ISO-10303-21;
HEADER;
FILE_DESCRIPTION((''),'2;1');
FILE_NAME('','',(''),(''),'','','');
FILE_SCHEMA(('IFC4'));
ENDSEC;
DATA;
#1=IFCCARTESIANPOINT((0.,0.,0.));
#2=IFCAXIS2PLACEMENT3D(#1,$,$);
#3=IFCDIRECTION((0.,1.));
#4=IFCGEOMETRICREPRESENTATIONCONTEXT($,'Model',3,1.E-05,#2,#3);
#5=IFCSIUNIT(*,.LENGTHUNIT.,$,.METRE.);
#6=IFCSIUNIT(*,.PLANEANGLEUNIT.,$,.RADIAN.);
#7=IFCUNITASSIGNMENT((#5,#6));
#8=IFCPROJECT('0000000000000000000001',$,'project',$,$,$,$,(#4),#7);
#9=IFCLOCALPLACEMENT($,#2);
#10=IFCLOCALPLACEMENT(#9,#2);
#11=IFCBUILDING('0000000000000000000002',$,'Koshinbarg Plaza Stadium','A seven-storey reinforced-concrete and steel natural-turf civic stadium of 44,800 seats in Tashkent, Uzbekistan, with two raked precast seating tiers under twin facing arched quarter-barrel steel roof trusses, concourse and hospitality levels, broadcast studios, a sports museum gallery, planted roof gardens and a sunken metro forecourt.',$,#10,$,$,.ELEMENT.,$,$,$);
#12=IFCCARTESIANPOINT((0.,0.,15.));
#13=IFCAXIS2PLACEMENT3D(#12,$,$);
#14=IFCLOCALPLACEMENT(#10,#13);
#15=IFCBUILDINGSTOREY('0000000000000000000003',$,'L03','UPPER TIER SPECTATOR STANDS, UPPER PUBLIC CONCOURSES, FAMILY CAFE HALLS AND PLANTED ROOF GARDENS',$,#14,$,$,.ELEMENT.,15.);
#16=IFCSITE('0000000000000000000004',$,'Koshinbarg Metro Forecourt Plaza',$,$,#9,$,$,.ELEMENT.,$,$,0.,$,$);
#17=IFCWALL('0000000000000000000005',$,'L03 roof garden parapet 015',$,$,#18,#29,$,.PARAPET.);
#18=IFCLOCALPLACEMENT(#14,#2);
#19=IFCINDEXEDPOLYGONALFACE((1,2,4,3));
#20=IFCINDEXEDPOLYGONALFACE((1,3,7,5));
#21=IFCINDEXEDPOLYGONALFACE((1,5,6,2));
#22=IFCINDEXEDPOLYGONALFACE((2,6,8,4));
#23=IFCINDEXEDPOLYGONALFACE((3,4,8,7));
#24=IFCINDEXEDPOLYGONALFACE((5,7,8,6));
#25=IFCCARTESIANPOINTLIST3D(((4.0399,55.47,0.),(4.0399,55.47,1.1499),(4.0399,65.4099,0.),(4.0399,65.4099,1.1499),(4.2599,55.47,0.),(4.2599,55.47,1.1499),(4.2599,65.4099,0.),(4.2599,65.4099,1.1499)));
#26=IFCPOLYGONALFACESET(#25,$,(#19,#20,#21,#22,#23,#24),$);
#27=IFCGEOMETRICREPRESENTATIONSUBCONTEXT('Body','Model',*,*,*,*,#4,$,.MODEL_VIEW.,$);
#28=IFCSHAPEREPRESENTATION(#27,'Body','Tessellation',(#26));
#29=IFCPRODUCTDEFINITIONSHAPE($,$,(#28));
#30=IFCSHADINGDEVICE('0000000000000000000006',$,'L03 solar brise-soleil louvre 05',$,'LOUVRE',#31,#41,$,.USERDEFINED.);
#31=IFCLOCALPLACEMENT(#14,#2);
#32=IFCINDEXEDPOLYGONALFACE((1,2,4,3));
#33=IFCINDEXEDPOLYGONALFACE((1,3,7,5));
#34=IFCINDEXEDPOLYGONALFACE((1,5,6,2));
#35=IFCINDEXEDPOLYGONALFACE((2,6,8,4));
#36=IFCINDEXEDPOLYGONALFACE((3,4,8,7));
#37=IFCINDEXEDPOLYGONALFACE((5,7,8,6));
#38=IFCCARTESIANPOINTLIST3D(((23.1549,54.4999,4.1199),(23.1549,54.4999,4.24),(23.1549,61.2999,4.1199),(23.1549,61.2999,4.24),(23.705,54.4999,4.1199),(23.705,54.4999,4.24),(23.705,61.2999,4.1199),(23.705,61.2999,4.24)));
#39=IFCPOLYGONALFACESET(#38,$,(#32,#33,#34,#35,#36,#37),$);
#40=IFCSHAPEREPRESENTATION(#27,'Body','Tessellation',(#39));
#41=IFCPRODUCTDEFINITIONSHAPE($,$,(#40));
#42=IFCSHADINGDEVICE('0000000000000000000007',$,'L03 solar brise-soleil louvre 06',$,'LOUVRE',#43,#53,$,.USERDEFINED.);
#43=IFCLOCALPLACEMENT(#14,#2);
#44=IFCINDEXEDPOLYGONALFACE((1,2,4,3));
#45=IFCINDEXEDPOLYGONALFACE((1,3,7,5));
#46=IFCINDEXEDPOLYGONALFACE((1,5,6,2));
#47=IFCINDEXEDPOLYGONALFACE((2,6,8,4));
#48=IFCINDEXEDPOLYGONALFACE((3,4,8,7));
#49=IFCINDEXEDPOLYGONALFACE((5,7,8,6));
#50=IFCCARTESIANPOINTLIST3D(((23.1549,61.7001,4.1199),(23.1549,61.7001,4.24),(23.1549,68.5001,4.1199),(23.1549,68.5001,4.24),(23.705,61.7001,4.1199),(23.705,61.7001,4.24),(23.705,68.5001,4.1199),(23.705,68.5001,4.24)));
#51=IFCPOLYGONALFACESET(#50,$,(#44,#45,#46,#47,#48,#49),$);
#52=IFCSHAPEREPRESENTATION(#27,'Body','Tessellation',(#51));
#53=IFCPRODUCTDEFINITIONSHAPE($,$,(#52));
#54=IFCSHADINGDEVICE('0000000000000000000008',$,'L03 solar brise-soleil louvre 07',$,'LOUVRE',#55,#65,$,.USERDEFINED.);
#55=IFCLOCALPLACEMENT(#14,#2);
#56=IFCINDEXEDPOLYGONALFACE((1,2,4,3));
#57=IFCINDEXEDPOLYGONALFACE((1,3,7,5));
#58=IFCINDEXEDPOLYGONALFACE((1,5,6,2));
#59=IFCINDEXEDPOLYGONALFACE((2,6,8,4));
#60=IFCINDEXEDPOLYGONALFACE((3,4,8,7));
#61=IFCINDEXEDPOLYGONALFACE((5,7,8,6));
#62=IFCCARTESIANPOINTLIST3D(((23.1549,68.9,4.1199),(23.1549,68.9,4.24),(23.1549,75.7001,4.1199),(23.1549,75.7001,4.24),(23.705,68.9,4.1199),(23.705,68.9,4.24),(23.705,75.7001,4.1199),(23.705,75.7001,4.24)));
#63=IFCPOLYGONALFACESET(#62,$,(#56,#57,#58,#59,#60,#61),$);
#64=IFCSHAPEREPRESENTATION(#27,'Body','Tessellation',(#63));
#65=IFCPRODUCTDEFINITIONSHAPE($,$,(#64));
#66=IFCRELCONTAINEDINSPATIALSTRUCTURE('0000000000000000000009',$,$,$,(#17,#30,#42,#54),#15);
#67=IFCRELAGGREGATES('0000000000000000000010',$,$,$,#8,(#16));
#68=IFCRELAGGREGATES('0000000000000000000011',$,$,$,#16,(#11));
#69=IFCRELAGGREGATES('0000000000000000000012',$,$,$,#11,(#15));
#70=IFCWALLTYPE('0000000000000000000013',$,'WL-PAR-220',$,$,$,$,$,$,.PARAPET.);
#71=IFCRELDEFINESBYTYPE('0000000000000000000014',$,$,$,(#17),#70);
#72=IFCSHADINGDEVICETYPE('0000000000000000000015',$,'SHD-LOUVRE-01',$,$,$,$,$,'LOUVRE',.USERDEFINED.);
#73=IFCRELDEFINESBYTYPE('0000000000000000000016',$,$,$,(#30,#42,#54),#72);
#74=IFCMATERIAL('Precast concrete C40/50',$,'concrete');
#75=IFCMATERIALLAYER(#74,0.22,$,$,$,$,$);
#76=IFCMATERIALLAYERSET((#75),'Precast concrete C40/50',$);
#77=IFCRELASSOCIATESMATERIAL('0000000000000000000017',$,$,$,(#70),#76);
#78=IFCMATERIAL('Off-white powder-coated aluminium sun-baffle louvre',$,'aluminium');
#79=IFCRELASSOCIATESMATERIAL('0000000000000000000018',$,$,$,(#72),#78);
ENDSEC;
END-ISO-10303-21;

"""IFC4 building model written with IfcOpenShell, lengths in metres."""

from ifc_helpers import new_model, si_unit, direction, frame, frame_2d, origin, origin_2d, place, context, subcontext, project, spatial, rectangle, extrude, material, layer, layer_set, type_object, element, save


model = new_model("IFC4")

# Units and contexts
model_context = context("Model", 3, precision=1e-05, world=origin(), true_north=direction((0.0, 1.0)))
body_context = subcontext(model_context, "Body", "Model", "MODEL_VIEW")
ifc_project = project(units=[si_unit("LENGTHUNIT", "METRE"), si_unit("PLANEANGLEUNIT", "RADIAN")], contexts=[model_context])

# Site, building, storey
site_placement = place(None, origin())
site = spatial("IfcSite", under=ifc_project, at=site_placement, Name="Koshinbarg Metro Forecourt Plaza", CompositionType="ELEMENT", RefElevation=0.0)
building_placement = place(site_placement, origin())
building = spatial("IfcBuilding", under=site, at=building_placement, Name="Koshinbarg Plaza Stadium", Description="A seven-storey reinforced-concrete and steel natural-turf civic stadium of 44,800 seats in Tashkent, Uzbekistan, with two raked precast seating tiers under twin facing arched quarter-barrel steel roof trusses, concourse and hospitality levels, broadcast studios, a sports museum gallery, planted roof gardens and a sunken metro forecourt.", CompositionType="ELEMENT")
storey_placement = place(building_placement, frame((0.0, 0.0, 15.0)))
storey = spatial("IfcBuildingStorey", under=building, at=storey_placement, Name="L03", Description="UPPER TIER SPECTATOR STANDS, UPPER PUBLIC CONCOURSES, FAMILY CAFE HALLS AND PLANTED ROOF GARDENS", CompositionType="ELEMENT", Elevation=15.0)

# Wall
ifc_material_1 = material(Name="Precast concrete C40/50", Category="concrete")
ifc_layer_1 = layer(ifc_material_1, 0.22)
ifc_layer_set_1 = layer_set([ifc_layer_1], Name="Precast concrete C40/50")
wall_type_1 = type_object("IfcWallType", Name="WL-PAR-220", PredefinedType="PARAPET", material=ifc_layer_set_1)
wall_1_placement = place(storey_placement, frame((4.1499, 65.4099, 0.0), z_axis=(0.0, 0.0, 1.0), x_axis=(0.0, -1.0, 0.0)))
element("IfcWall", 1, at=wall_1_placement, inside=storey, type_object=wall_type_1, Name="L03 roof garden parapet 015", PredefinedType="PARAPET", context=body_context, shape_type="SweptSolid", body=[
    extrude(rectangle(XDim=9.9399, YDim=0.22, at=frame_2d((4.97, 0.0))), origin(), (0.0, 0.0, 1.0), 1.1499),
])

# Shading devices
ifc_material_2 = material(Name="Off-white powder-coated aluminium sun-baffle louvre", Category="aluminium")
shading_device_type = type_object("IfcShadingDeviceType", Name="SHD-LOUVRE-01", ElementType="LOUVRE", PredefinedType="USERDEFINED", material=ifc_material_2)
for number, where, z_axis, x_axis, name in (
    (2, (23.4299, 57.8999, 4.1199), (0.0, 0.0, 1.0), (1.0, 0.0, 0.0), "L03 solar brise-soleil louvre 05"),
    (3, (23.4299, 65.1001, 4.1199), (0.0, 0.0, 1.0), (1.0, 0.0, 0.0), "L03 solar brise-soleil louvre 06"),
    (4, (23.4299, 72.3, 4.1199), (0.0, 0.0, 1.0), (1.0, 0.0, 0.0), "L03 solar brise-soleil louvre 07"),
):
    element("IfcShadingDevice", number, at=place(storey_placement, frame(where, z_axis=z_axis, x_axis=x_axis)), inside=storey, type_object=shading_device_type, Name=name, ObjectType="LOUVRE", PredefinedType="USERDEFINED", context=body_context, shape_type="SweptSolid", body=[
        extrude(rectangle(XDim=0.55, YDim=6.8, at=origin_2d()), origin(), (0.0, 0.0, 1.0), 0.1201),
    ])

save(model, "model.ifc")
